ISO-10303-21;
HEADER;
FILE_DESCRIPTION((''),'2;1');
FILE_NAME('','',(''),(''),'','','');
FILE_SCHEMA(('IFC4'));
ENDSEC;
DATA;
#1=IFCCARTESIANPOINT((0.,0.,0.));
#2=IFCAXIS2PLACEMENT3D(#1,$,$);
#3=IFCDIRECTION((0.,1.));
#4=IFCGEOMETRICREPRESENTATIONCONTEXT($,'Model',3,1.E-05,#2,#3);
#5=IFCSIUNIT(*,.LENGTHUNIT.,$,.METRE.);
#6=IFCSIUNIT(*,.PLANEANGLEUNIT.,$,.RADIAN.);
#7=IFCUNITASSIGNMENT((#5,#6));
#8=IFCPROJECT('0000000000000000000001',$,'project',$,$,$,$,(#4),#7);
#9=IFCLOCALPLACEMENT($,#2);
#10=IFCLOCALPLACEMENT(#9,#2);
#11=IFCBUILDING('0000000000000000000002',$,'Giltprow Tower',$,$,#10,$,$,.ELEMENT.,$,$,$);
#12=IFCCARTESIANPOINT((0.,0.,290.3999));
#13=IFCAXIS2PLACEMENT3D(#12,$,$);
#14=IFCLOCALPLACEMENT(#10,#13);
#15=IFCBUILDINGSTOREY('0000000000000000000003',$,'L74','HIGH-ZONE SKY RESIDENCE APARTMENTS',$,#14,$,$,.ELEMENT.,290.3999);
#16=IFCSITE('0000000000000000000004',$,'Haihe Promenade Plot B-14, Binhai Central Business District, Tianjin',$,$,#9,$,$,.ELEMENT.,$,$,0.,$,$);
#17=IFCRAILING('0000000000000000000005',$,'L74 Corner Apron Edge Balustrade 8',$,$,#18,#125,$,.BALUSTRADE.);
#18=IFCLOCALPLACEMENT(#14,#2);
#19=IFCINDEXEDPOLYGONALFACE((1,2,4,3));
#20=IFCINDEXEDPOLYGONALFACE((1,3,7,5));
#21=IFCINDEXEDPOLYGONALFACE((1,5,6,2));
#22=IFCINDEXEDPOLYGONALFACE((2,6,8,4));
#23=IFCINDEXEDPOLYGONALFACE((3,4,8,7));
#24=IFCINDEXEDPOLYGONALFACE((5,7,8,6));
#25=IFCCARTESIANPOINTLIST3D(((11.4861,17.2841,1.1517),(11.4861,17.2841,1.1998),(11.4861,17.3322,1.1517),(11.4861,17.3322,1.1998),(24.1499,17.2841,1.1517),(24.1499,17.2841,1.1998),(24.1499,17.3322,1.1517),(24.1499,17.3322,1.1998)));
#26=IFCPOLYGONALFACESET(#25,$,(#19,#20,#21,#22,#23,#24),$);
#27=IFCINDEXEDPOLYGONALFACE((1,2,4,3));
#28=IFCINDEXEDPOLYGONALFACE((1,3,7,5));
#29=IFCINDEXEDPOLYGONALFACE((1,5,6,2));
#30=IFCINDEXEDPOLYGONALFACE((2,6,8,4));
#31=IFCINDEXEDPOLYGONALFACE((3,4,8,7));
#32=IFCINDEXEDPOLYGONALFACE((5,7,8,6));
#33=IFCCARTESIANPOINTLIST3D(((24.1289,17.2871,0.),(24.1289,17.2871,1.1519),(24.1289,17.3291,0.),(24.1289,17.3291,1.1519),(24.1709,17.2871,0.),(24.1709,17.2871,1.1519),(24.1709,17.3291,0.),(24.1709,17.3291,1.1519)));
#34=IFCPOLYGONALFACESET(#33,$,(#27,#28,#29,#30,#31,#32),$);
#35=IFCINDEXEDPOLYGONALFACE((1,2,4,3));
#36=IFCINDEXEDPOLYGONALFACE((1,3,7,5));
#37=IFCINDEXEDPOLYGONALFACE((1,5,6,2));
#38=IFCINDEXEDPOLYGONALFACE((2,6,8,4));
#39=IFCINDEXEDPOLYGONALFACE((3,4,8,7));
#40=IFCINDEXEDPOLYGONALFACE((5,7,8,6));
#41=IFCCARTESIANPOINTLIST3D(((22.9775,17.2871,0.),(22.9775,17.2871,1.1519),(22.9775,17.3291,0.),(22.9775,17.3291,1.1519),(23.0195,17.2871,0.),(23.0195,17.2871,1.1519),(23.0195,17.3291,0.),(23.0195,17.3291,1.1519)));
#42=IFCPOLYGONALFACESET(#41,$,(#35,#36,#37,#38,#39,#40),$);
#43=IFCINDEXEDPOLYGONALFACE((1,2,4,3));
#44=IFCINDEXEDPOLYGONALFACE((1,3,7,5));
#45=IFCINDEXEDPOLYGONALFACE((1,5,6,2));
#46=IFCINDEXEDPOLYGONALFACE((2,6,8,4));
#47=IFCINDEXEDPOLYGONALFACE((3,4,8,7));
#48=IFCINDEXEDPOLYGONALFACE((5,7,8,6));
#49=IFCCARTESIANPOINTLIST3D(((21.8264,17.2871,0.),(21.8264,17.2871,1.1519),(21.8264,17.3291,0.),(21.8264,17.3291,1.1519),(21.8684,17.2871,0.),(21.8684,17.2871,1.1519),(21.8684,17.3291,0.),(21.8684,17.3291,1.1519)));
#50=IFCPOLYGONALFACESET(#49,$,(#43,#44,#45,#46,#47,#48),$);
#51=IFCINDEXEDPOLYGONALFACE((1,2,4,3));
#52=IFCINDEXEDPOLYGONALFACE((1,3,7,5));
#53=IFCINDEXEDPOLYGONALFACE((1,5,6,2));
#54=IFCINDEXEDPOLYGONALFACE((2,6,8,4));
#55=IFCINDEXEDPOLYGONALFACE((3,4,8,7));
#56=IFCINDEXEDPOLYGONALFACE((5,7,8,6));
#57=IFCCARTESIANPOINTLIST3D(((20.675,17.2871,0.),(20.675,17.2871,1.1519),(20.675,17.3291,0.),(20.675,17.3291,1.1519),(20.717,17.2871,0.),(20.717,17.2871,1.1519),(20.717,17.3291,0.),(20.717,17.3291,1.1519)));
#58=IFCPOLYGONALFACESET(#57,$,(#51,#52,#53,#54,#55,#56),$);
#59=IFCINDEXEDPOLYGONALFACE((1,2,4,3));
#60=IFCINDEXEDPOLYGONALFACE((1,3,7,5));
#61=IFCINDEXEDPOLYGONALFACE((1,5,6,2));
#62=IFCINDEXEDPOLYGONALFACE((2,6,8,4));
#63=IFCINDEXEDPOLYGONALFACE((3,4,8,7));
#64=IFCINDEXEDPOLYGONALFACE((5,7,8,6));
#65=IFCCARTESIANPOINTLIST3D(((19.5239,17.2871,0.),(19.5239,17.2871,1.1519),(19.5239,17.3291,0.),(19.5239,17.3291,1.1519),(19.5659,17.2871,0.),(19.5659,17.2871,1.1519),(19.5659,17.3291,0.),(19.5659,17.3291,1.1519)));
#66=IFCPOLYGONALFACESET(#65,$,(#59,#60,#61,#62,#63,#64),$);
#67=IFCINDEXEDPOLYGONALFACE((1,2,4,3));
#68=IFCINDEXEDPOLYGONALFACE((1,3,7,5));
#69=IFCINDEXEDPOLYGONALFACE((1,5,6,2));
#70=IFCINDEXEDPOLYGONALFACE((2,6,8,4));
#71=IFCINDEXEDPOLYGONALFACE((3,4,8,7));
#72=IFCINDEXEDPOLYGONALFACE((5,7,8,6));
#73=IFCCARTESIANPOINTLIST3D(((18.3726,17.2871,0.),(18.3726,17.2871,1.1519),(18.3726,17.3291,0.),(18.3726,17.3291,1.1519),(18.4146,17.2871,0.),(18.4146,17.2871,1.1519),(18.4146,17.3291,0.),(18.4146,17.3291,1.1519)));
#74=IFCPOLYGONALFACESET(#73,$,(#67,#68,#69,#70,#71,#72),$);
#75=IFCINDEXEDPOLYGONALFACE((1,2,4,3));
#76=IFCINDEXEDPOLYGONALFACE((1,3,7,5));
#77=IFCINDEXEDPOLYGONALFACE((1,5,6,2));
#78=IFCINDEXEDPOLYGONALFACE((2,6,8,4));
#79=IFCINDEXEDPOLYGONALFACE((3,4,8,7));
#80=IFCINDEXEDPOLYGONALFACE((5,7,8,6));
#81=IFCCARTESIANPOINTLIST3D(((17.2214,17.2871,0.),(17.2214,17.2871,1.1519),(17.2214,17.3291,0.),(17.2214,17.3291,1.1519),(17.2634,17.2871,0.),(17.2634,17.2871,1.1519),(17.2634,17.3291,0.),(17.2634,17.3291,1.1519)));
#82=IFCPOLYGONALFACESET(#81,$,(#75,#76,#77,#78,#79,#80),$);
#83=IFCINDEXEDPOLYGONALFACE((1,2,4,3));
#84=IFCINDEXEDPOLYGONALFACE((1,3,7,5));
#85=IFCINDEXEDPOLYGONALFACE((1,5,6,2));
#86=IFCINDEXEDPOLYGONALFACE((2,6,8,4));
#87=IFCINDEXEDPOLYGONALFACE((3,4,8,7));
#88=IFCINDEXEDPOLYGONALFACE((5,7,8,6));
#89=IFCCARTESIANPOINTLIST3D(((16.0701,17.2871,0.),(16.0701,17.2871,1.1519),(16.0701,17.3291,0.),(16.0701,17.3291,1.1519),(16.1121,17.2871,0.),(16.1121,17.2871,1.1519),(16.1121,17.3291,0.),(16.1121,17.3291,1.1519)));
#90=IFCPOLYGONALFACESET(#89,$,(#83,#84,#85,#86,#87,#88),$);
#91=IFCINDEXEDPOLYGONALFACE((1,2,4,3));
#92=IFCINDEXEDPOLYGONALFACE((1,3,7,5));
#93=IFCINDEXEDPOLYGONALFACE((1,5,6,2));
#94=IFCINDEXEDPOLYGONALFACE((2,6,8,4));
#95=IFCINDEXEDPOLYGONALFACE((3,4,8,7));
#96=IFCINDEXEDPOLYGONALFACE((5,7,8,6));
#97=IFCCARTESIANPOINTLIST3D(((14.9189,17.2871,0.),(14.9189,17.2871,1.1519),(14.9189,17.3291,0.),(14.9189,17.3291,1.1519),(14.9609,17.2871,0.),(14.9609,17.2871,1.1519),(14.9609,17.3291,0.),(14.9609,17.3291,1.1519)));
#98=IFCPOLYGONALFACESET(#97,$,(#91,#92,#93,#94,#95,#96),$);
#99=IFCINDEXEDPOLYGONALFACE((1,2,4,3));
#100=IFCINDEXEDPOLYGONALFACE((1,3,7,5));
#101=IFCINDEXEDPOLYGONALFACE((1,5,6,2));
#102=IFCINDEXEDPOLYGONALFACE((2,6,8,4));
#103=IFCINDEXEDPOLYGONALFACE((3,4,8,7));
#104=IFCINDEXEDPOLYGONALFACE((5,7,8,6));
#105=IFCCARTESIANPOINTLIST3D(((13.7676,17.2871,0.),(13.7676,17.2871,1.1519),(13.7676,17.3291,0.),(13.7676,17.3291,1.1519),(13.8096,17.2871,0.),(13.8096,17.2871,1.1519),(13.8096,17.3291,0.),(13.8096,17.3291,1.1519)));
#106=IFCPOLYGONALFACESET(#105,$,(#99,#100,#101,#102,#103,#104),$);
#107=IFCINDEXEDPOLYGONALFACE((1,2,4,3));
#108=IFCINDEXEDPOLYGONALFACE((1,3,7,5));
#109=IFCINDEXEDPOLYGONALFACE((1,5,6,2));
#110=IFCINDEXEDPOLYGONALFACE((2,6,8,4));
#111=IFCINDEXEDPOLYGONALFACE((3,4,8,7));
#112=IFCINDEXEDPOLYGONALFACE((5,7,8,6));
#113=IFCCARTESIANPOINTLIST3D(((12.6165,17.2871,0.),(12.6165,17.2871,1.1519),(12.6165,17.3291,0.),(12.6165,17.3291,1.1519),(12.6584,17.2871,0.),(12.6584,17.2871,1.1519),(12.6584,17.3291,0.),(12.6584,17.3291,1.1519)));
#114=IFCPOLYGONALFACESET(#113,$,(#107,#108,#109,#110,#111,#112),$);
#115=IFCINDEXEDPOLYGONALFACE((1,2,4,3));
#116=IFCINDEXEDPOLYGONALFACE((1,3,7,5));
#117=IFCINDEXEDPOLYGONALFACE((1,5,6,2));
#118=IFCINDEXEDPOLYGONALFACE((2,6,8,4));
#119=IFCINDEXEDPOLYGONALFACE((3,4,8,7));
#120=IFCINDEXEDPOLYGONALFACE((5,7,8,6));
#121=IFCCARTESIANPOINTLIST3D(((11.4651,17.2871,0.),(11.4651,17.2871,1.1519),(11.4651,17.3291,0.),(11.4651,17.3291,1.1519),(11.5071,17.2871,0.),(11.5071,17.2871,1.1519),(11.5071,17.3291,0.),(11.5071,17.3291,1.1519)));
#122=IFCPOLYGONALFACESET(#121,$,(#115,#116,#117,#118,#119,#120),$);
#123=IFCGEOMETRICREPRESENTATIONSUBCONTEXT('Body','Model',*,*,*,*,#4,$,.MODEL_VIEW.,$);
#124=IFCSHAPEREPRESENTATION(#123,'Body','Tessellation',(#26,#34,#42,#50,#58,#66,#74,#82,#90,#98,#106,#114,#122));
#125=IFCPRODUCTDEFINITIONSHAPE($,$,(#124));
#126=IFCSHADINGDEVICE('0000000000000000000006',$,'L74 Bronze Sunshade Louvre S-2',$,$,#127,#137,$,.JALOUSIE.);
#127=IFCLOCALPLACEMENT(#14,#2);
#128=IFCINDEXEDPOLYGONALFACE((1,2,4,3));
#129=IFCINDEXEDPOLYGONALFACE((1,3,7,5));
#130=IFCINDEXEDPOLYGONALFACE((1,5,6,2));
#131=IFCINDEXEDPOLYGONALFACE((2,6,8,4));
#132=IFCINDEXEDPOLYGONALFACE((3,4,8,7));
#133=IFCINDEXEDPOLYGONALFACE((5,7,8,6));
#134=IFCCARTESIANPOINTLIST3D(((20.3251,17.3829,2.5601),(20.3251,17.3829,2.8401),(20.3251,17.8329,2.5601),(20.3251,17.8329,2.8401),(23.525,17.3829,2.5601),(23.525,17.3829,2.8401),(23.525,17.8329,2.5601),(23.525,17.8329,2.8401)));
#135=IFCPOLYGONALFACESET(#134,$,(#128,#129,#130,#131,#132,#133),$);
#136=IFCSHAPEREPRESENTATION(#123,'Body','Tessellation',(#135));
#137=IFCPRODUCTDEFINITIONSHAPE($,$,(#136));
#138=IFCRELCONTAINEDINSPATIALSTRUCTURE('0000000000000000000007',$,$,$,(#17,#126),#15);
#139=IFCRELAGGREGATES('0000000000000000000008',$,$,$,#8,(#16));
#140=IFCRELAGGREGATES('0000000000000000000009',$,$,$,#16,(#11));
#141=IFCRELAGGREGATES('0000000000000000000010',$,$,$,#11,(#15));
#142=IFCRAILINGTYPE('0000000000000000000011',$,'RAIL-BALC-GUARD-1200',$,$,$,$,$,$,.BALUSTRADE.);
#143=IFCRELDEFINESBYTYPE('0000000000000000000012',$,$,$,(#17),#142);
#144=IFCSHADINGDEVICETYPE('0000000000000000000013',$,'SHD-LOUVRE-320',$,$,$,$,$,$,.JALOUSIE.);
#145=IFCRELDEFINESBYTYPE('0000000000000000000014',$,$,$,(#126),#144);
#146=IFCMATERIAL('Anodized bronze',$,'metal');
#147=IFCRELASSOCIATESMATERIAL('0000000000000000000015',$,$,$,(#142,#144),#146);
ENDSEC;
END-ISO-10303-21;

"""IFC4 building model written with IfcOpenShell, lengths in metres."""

from ifc_helpers import new_model, si_unit, direction, frame, origin, origin_2d, place, context, subcontext, project, spatial, rectangle, extrude, source, transform, mapped, material, type_object, element, save


model = new_model("IFC4")

# Units and contexts
model_context = context("Model", 3, precision=1e-05, world=origin(), true_north=direction((0.0, 1.0)))
body_context = subcontext(model_context, "Body", "Model", "MODEL_VIEW")
ifc_project = project(units=[si_unit("LENGTHUNIT", "METRE"), si_unit("PLANEANGLEUNIT", "RADIAN")], contexts=[model_context])

# Site, building, storey
site_placement = place(None, origin())
site = spatial("IfcSite", under=ifc_project, at=site_placement, Name="Haihe Promenade Plot B-14, Binhai Central Business District, Tianjin", CompositionType="ELEMENT", RefElevation=0.0)
building_placement = place(site_placement, origin())
building = spatial("IfcBuilding", under=site, at=building_placement, Name="Giltprow Tower", CompositionType="ELEMENT")
storey_placement = place(building_placement, frame((0.0, 0.0, 290.3999)))
storey = spatial("IfcBuildingStorey", under=building, at=storey_placement, Name="L74", Description="HIGH-ZONE SKY RESIDENCE APARTMENTS", CompositionType="ELEMENT", Elevation=290.3999)

# Railing
ifc_material_1 = material(Name="Anodized bronze", Category="metal")
railing_type = type_object("IfcRailingType", Name="RAIL-BALC-GUARD-1200", PredefinedType="BALUSTRADE", material=ifc_material_1)
railing_1_placement = place(storey_placement, frame((24.1499, 17.3081, 0.0)))
element("IfcRailing", 1, at=railing_1_placement, inside=storey, type_object=railing_type, Name="L74 Corner Apron Edge Balustrade 8", PredefinedType="BALUSTRADE", context=body_context, shape_type="SweptSolid", body=[
    extrude(rectangle(XDim=0.0481, YDim=0.0481, at=origin_2d()), frame((0.0, 0.0, 1.1758), z_axis=(-1.0, 0.0, 0.0), x_axis=(0.0, -1.0, 0.0)), (0.0, 0.0, 1.0), 12.6638),
    extrude(rectangle(XDim=0.042, YDim=0.042, at=origin_2d()), origin(), (0.0, 0.0, 1.0), 1.1519),
    extrude(rectangle(XDim=0.042, YDim=0.042, at=origin_2d()), frame((-1.1514, 0.0, 0.0)), (0.0, 0.0, 1.0), 1.1519),
    extrude(rectangle(XDim=0.042, YDim=0.042, at=origin_2d()), frame((-2.3025, 0.0, 0.0)), (0.0, 0.0, 1.0), 1.1519),
    extrude(rectangle(XDim=0.042, YDim=0.042, at=origin_2d()), frame((-3.4539, 0.0, 0.0)), (0.0, 0.0, 1.0), 1.1519),
    extrude(rectangle(XDim=0.042, YDim=0.042, at=origin_2d()), frame((-4.605, 0.0, 0.0)), (0.0, 0.0, 1.0), 1.1519),
    extrude(rectangle(XDim=0.042, YDim=0.042, at=origin_2d()), frame((-5.7563, 0.0, 0.0)), (0.0, 0.0, 1.0), 1.1519),
    extrude(rectangle(XDim=0.042, YDim=0.042, at=origin_2d()), frame((-6.9075, 0.0, 0.0)), (0.0, 0.0, 1.0), 1.1519),
    extrude(rectangle(XDim=0.042, YDim=0.042, at=origin_2d()), frame((-8.0588, 0.0, 0.0)), (0.0, 0.0, 1.0), 1.1519),
    extrude(rectangle(XDim=0.042, YDim=0.042, at=origin_2d()), frame((-9.21, 0.0, 0.0)), (0.0, 0.0, 1.0), 1.1519),
    extrude(rectangle(XDim=0.042, YDim=0.042, at=origin_2d()), frame((-10.3613, 0.0, 0.0)), (0.0, 0.0, 1.0), 1.1519),
    extrude(rectangle(XDim=0.042, YDim=0.042, at=origin_2d()), frame((-11.5125, 0.0, 0.0)), (0.0, 0.0, 1.0), 1.1519),
    extrude(rectangle(XDim=0.042, YDim=0.042, at=origin_2d()), frame((-12.6638, 0.0, 0.0)), (0.0, 0.0, 1.0), 1.1519),
])

# Shading device
shading_device_type = type_object("IfcShadingDeviceType", Name="SHD-LOUVRE-320", PredefinedType="JALOUSIE", material=ifc_material_1)
shared_shape_1 = source(origin(), body_context, "Body", "SweptSolid", [
    extrude(rectangle(XDim=3.2, YDim=0.45, at=origin_2d()), origin(), (0.0, 0.0, 1.0), 0.28),
])
shading_device_placement = place(storey_placement, frame((21.925, 17.6079, 2.5601), z_axis=(0.0, 0.0, 1.0), x_axis=(1.0, 0.0, 0.0)))
element("IfcShadingDevice", 2, at=shading_device_placement, inside=storey, type_object=shading_device_type, Name="L74 Bronze Sunshade Louvre S-2", PredefinedType="JALOUSIE", context=body_context, shape_type="MappedRepresentation", body=[
    mapped(shared_shape_1, transform((0.0, 0.0, 0.0), x_axis=(1.0, 0.0, 0.0), y_axis=(0.0, 1.0, 0.0), z_axis=(0.0, 0.0, 1.0), scale=1.0)),
])

save(model, "model.ifc")
